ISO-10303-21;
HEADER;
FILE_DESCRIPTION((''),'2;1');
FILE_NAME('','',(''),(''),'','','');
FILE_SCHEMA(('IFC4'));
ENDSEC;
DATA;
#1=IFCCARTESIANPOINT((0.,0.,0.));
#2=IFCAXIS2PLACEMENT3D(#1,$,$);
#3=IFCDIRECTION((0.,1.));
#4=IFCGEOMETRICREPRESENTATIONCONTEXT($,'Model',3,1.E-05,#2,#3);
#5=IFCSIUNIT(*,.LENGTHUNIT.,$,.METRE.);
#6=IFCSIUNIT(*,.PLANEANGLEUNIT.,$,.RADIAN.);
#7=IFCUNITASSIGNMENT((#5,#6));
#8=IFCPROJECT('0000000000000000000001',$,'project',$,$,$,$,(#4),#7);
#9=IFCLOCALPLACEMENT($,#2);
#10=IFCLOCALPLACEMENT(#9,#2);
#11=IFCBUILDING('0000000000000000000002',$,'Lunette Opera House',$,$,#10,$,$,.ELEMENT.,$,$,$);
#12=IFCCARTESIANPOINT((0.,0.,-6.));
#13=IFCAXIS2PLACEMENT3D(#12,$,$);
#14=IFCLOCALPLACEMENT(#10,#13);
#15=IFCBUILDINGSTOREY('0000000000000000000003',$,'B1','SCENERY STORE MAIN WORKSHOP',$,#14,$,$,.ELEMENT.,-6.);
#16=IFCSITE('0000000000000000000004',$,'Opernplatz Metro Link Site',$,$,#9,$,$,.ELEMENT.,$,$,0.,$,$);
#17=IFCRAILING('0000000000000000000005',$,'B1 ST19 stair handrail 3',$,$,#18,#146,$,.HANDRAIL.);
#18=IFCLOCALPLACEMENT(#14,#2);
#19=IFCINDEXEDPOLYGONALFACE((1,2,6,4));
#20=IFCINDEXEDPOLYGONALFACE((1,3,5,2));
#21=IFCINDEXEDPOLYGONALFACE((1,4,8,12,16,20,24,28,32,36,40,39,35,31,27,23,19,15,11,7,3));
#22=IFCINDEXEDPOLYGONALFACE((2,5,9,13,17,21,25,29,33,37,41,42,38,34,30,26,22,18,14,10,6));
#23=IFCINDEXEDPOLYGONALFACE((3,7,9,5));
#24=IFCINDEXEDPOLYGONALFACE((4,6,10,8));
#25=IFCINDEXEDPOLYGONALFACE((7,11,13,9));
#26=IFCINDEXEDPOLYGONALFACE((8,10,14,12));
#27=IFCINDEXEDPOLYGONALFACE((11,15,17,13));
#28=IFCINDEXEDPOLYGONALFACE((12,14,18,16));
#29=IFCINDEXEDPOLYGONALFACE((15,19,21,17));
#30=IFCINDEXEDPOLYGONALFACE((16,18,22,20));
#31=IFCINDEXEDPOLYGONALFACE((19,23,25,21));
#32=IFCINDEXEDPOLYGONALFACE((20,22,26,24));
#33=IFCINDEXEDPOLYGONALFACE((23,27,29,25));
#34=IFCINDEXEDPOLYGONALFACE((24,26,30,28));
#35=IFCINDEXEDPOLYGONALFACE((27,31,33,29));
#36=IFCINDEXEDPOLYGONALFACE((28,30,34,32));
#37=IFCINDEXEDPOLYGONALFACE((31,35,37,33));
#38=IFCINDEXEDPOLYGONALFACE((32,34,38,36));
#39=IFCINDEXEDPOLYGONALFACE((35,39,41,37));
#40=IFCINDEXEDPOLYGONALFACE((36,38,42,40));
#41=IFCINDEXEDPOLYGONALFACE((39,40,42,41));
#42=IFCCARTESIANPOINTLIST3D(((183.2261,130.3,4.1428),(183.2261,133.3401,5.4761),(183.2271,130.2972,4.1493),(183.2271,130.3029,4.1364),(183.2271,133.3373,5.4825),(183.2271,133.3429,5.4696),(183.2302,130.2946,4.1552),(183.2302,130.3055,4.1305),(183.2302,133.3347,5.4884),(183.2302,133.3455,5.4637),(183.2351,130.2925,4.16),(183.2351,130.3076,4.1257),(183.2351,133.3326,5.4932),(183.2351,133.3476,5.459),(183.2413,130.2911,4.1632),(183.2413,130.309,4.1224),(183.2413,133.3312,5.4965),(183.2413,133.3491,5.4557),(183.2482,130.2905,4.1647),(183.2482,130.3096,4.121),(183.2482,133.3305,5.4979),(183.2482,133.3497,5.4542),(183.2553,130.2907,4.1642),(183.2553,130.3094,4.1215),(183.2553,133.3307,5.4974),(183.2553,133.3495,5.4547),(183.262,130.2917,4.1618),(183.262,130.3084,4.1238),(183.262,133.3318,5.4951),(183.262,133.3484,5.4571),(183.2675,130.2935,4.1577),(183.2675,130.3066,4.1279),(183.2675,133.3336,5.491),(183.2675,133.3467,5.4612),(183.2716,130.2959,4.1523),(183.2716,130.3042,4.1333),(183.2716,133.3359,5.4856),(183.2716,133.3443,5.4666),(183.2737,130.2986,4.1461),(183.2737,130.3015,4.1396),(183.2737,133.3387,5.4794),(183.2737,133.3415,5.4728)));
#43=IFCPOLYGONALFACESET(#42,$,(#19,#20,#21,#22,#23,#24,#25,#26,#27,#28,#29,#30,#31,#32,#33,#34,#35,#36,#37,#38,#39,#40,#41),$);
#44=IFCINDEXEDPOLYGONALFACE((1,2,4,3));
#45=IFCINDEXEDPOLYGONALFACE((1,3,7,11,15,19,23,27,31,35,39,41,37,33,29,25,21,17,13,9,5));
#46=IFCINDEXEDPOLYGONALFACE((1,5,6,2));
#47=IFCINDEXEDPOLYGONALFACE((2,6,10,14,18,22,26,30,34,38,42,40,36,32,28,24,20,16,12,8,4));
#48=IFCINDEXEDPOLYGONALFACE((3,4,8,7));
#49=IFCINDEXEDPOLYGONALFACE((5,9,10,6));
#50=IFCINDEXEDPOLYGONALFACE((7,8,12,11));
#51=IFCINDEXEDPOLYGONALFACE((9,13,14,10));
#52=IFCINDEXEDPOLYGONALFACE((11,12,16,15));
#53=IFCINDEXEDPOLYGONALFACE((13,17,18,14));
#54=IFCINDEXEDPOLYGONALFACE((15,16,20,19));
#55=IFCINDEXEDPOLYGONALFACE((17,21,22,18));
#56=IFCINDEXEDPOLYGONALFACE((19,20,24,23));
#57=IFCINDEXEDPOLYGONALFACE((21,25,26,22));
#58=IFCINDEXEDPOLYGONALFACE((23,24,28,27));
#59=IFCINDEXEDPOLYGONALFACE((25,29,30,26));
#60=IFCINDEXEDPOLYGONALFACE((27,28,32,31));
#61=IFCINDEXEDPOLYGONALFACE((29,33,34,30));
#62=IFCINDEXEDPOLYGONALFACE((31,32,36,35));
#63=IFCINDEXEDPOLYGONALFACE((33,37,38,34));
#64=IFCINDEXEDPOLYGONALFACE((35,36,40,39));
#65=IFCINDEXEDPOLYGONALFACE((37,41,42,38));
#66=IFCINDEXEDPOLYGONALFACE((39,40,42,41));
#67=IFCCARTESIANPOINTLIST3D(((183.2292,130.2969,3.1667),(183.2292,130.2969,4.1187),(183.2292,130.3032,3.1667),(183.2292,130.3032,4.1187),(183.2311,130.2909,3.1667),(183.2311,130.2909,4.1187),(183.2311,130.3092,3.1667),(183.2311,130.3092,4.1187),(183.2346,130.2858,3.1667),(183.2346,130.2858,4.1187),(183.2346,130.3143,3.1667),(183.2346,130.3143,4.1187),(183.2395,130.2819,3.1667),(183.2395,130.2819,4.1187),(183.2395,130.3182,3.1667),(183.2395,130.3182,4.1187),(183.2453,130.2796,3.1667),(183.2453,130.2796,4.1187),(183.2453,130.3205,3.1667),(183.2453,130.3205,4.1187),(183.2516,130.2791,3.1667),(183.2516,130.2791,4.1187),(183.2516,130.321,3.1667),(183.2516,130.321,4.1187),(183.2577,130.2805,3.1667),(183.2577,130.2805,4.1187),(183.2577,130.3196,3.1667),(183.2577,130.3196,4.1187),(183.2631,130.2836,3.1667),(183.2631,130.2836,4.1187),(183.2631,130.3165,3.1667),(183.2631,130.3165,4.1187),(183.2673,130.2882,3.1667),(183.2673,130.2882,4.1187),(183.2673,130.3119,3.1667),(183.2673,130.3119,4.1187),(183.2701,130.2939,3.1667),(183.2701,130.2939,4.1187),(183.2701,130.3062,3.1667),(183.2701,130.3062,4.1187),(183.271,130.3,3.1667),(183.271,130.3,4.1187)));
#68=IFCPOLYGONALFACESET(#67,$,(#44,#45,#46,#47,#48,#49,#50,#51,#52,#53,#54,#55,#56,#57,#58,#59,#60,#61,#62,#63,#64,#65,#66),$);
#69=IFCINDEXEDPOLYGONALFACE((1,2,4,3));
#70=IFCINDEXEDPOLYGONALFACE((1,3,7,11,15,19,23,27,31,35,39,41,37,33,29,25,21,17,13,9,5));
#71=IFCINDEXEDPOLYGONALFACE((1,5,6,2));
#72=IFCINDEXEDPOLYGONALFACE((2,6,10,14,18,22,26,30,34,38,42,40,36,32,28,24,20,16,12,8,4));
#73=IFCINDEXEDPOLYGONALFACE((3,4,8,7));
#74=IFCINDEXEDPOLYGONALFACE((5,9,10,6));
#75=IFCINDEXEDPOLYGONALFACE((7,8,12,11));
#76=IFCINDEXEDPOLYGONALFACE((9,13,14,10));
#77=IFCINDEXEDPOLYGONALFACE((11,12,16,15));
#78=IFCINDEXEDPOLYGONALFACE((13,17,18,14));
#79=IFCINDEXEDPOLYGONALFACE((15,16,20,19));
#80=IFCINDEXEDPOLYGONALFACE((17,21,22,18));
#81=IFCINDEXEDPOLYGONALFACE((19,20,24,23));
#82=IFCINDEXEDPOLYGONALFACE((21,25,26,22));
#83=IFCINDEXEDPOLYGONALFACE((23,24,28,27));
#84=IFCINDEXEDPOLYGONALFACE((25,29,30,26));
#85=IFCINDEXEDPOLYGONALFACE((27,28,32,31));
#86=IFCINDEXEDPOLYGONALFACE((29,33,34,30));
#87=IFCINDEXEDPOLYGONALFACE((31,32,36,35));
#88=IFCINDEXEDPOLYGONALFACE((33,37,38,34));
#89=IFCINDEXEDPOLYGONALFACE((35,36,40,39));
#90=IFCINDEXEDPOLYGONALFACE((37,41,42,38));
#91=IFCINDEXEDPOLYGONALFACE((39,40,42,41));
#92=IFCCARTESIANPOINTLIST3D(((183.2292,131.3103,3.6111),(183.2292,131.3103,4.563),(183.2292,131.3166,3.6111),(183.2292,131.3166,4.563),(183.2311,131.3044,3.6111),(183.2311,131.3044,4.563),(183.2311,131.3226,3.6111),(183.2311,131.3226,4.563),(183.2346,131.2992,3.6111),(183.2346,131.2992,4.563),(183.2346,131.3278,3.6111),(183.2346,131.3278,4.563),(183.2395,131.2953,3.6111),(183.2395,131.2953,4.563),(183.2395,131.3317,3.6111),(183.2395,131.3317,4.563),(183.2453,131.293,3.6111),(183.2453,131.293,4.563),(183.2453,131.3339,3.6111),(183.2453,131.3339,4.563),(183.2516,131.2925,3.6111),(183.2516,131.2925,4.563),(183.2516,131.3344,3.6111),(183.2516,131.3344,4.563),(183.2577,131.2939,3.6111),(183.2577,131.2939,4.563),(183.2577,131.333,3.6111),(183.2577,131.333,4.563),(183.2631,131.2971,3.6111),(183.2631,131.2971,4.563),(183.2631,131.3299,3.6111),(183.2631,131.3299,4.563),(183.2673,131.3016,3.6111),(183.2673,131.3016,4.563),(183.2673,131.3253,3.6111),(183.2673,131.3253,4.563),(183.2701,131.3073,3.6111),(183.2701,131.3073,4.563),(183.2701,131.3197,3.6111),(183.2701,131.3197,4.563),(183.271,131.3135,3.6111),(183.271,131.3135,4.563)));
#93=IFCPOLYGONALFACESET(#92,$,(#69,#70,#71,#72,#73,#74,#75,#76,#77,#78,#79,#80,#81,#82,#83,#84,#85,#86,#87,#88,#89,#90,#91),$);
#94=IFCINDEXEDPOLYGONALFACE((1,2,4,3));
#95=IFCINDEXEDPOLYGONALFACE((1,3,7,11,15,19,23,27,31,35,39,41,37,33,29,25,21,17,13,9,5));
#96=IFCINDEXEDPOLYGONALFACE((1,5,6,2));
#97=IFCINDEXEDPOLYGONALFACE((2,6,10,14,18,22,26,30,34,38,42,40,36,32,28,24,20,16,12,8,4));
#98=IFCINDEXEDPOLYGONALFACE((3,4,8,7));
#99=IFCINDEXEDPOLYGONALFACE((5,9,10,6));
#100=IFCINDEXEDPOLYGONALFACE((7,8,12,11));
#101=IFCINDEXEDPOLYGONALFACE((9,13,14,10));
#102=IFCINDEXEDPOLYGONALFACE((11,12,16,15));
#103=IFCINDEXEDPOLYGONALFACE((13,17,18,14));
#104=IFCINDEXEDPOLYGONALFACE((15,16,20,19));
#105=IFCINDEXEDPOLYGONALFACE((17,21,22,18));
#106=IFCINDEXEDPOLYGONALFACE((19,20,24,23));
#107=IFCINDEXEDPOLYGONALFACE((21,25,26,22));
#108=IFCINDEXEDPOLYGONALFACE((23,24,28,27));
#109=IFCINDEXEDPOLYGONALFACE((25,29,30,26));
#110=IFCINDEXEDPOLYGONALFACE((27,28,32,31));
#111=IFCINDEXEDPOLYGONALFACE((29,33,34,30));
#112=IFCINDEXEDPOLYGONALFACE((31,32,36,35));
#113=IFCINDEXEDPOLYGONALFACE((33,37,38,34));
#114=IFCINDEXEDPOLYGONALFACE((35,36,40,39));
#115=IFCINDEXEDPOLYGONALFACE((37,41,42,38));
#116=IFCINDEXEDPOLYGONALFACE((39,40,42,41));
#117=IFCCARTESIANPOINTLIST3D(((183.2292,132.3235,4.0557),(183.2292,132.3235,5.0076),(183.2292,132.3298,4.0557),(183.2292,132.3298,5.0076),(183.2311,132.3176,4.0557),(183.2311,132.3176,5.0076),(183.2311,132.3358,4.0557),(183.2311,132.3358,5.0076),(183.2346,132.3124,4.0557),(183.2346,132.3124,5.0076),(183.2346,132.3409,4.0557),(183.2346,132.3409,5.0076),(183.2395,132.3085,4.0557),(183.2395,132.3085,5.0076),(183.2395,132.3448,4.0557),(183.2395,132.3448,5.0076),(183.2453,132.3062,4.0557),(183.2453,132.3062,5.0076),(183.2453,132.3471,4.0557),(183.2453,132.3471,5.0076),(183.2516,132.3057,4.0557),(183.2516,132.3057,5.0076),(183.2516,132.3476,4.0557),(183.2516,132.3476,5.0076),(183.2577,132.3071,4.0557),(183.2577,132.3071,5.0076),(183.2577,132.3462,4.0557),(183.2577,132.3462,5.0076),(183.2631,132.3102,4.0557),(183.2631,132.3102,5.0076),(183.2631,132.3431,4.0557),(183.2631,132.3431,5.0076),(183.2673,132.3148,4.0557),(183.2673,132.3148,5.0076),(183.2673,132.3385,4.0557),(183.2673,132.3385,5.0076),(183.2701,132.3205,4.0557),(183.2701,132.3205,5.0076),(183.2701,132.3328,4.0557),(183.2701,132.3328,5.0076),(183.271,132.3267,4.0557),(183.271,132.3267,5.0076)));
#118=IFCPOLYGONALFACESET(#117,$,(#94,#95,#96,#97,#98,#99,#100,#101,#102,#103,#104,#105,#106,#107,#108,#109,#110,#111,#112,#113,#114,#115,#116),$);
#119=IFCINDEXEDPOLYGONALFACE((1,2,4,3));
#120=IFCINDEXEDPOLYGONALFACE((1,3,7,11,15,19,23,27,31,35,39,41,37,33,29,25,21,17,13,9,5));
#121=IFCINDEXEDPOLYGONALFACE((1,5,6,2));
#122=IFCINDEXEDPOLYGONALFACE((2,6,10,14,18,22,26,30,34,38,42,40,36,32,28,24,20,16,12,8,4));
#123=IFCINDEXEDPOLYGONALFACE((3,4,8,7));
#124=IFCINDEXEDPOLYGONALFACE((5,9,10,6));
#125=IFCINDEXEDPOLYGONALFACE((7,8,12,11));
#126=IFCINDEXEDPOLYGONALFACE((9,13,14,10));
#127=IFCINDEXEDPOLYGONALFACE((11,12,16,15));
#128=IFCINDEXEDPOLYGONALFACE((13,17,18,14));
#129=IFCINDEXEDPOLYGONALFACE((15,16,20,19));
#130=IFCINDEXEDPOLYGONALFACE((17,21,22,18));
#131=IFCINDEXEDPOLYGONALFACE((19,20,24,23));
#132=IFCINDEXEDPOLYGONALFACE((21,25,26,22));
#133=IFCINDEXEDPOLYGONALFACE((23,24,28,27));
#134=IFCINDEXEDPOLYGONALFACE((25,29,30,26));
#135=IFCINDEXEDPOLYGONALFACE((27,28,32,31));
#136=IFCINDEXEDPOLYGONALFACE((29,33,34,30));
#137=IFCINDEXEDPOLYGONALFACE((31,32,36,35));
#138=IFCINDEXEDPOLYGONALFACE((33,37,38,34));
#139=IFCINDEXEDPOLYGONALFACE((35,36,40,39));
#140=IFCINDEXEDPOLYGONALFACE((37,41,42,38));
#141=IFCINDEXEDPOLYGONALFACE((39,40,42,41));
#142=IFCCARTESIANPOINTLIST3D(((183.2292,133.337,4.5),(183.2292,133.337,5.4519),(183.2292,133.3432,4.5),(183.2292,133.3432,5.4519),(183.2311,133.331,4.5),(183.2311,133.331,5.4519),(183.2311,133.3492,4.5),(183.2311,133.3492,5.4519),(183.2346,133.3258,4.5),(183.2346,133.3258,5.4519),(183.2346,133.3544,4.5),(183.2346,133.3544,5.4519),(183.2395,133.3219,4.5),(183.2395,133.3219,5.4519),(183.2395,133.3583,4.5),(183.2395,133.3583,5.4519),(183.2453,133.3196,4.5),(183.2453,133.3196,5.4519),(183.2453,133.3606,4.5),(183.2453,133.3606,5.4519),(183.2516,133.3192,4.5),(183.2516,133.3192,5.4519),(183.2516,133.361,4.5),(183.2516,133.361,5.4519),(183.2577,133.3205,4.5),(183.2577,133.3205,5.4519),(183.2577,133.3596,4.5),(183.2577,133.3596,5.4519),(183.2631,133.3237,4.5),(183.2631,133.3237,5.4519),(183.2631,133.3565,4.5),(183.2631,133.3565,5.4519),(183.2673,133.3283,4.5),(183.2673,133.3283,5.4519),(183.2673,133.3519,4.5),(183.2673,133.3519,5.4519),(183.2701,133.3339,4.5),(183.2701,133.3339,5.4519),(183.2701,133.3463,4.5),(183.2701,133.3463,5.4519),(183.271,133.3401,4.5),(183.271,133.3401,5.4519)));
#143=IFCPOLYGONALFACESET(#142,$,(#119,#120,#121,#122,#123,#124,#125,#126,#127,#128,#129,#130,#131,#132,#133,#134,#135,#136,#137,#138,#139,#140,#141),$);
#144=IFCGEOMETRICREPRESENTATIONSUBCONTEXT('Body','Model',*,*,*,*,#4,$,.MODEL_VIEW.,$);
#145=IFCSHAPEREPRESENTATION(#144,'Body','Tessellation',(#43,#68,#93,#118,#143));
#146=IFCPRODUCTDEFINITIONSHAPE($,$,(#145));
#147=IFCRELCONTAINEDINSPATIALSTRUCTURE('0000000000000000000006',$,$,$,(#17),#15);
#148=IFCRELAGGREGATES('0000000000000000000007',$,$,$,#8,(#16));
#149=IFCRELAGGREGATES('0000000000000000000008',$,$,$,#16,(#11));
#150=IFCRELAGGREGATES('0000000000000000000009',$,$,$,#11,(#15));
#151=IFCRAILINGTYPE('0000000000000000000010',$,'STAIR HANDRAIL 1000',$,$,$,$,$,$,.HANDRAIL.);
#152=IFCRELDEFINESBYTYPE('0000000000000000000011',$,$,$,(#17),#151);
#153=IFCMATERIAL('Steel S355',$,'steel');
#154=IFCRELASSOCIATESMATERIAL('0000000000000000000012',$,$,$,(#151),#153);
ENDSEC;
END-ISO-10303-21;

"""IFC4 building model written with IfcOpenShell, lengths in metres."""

from ifc_helpers import new_model, si_unit, direction, frame, origin, origin_2d, place, context, subcontext, project, spatial, circle, extrude, material, type_object, element, save


model = new_model("IFC4")

# Units and contexts
model_context = context("Model", 3, precision=1e-05, world=origin(), true_north=direction((0.0, 1.0)))
body_context = subcontext(model_context, "Body", "Model", "MODEL_VIEW")
ifc_project = project(units=[si_unit("LENGTHUNIT", "METRE"), si_unit("PLANEANGLEUNIT", "RADIAN")], contexts=[model_context])

# Site, building, storey
site_placement = place(None, origin())
site = spatial("IfcSite", under=ifc_project, at=site_placement, Name="Opernplatz Metro Link Site", CompositionType="ELEMENT", RefElevation=0.0)
building_placement = place(site_placement, origin())
building = spatial("IfcBuilding", under=site, at=building_placement, Name="Lunette Opera House", CompositionType="ELEMENT")
storey_placement = place(building_placement, frame((0.0, 0.0, -6.0)))
storey = spatial("IfcBuildingStorey", under=building, at=storey_placement, Name="B1", Description="SCENERY STORE MAIN WORKSHOP", CompositionType="ELEMENT", Elevation=-6.0)

# Railing
ifc_material_1 = material(Name="Steel S355", Category="steel")
railing_type_1 = type_object("IfcRailingType", Name="STAIR HANDRAIL 1000", PredefinedType="HANDRAIL", material=ifc_material_1)
for number, where, name in (
    (1, (183.25, 130.3, 3.1667), "B1 ST19 stair handrail 3"),
):
    element("IfcRailing", number, at=place(storey_placement, frame(where)), inside=storey, type_object=railing_type_1, Name=name, PredefinedType="HANDRAIL", context=body_context, shape_type="SweptSolid", body=[
        extrude(circle(Radius=0.0239, at=origin_2d()), frame((0.0, 0.0, 0.9761), z_axis=(0.0, 0.915799, 0.401637), x_axis=(-1.0, 0.0, 0.0)), (0.0, 0.0, 1.0), 3.3196),
        extrude(circle(Radius=0.021, at=origin_2d()), origin(), (0.0, 0.0, 1.0), 0.9519),
        extrude(circle(Radius=0.021, at=origin_2d()), frame((0.0, 1.0134, 0.4443)), (0.0, 0.0, 1.0), 0.9519),
        extrude(circle(Radius=0.021, at=origin_2d()), frame((0.0, 2.0266, 0.8889)), (0.0, 0.0, 1.0), 0.9519),
        extrude(circle(Radius=0.021, at=origin_2d()), frame((0.0, 3.04, 1.3333)), (0.0, 0.0, 1.0), 0.9519),
    ])

save(model, "model.ifc")
